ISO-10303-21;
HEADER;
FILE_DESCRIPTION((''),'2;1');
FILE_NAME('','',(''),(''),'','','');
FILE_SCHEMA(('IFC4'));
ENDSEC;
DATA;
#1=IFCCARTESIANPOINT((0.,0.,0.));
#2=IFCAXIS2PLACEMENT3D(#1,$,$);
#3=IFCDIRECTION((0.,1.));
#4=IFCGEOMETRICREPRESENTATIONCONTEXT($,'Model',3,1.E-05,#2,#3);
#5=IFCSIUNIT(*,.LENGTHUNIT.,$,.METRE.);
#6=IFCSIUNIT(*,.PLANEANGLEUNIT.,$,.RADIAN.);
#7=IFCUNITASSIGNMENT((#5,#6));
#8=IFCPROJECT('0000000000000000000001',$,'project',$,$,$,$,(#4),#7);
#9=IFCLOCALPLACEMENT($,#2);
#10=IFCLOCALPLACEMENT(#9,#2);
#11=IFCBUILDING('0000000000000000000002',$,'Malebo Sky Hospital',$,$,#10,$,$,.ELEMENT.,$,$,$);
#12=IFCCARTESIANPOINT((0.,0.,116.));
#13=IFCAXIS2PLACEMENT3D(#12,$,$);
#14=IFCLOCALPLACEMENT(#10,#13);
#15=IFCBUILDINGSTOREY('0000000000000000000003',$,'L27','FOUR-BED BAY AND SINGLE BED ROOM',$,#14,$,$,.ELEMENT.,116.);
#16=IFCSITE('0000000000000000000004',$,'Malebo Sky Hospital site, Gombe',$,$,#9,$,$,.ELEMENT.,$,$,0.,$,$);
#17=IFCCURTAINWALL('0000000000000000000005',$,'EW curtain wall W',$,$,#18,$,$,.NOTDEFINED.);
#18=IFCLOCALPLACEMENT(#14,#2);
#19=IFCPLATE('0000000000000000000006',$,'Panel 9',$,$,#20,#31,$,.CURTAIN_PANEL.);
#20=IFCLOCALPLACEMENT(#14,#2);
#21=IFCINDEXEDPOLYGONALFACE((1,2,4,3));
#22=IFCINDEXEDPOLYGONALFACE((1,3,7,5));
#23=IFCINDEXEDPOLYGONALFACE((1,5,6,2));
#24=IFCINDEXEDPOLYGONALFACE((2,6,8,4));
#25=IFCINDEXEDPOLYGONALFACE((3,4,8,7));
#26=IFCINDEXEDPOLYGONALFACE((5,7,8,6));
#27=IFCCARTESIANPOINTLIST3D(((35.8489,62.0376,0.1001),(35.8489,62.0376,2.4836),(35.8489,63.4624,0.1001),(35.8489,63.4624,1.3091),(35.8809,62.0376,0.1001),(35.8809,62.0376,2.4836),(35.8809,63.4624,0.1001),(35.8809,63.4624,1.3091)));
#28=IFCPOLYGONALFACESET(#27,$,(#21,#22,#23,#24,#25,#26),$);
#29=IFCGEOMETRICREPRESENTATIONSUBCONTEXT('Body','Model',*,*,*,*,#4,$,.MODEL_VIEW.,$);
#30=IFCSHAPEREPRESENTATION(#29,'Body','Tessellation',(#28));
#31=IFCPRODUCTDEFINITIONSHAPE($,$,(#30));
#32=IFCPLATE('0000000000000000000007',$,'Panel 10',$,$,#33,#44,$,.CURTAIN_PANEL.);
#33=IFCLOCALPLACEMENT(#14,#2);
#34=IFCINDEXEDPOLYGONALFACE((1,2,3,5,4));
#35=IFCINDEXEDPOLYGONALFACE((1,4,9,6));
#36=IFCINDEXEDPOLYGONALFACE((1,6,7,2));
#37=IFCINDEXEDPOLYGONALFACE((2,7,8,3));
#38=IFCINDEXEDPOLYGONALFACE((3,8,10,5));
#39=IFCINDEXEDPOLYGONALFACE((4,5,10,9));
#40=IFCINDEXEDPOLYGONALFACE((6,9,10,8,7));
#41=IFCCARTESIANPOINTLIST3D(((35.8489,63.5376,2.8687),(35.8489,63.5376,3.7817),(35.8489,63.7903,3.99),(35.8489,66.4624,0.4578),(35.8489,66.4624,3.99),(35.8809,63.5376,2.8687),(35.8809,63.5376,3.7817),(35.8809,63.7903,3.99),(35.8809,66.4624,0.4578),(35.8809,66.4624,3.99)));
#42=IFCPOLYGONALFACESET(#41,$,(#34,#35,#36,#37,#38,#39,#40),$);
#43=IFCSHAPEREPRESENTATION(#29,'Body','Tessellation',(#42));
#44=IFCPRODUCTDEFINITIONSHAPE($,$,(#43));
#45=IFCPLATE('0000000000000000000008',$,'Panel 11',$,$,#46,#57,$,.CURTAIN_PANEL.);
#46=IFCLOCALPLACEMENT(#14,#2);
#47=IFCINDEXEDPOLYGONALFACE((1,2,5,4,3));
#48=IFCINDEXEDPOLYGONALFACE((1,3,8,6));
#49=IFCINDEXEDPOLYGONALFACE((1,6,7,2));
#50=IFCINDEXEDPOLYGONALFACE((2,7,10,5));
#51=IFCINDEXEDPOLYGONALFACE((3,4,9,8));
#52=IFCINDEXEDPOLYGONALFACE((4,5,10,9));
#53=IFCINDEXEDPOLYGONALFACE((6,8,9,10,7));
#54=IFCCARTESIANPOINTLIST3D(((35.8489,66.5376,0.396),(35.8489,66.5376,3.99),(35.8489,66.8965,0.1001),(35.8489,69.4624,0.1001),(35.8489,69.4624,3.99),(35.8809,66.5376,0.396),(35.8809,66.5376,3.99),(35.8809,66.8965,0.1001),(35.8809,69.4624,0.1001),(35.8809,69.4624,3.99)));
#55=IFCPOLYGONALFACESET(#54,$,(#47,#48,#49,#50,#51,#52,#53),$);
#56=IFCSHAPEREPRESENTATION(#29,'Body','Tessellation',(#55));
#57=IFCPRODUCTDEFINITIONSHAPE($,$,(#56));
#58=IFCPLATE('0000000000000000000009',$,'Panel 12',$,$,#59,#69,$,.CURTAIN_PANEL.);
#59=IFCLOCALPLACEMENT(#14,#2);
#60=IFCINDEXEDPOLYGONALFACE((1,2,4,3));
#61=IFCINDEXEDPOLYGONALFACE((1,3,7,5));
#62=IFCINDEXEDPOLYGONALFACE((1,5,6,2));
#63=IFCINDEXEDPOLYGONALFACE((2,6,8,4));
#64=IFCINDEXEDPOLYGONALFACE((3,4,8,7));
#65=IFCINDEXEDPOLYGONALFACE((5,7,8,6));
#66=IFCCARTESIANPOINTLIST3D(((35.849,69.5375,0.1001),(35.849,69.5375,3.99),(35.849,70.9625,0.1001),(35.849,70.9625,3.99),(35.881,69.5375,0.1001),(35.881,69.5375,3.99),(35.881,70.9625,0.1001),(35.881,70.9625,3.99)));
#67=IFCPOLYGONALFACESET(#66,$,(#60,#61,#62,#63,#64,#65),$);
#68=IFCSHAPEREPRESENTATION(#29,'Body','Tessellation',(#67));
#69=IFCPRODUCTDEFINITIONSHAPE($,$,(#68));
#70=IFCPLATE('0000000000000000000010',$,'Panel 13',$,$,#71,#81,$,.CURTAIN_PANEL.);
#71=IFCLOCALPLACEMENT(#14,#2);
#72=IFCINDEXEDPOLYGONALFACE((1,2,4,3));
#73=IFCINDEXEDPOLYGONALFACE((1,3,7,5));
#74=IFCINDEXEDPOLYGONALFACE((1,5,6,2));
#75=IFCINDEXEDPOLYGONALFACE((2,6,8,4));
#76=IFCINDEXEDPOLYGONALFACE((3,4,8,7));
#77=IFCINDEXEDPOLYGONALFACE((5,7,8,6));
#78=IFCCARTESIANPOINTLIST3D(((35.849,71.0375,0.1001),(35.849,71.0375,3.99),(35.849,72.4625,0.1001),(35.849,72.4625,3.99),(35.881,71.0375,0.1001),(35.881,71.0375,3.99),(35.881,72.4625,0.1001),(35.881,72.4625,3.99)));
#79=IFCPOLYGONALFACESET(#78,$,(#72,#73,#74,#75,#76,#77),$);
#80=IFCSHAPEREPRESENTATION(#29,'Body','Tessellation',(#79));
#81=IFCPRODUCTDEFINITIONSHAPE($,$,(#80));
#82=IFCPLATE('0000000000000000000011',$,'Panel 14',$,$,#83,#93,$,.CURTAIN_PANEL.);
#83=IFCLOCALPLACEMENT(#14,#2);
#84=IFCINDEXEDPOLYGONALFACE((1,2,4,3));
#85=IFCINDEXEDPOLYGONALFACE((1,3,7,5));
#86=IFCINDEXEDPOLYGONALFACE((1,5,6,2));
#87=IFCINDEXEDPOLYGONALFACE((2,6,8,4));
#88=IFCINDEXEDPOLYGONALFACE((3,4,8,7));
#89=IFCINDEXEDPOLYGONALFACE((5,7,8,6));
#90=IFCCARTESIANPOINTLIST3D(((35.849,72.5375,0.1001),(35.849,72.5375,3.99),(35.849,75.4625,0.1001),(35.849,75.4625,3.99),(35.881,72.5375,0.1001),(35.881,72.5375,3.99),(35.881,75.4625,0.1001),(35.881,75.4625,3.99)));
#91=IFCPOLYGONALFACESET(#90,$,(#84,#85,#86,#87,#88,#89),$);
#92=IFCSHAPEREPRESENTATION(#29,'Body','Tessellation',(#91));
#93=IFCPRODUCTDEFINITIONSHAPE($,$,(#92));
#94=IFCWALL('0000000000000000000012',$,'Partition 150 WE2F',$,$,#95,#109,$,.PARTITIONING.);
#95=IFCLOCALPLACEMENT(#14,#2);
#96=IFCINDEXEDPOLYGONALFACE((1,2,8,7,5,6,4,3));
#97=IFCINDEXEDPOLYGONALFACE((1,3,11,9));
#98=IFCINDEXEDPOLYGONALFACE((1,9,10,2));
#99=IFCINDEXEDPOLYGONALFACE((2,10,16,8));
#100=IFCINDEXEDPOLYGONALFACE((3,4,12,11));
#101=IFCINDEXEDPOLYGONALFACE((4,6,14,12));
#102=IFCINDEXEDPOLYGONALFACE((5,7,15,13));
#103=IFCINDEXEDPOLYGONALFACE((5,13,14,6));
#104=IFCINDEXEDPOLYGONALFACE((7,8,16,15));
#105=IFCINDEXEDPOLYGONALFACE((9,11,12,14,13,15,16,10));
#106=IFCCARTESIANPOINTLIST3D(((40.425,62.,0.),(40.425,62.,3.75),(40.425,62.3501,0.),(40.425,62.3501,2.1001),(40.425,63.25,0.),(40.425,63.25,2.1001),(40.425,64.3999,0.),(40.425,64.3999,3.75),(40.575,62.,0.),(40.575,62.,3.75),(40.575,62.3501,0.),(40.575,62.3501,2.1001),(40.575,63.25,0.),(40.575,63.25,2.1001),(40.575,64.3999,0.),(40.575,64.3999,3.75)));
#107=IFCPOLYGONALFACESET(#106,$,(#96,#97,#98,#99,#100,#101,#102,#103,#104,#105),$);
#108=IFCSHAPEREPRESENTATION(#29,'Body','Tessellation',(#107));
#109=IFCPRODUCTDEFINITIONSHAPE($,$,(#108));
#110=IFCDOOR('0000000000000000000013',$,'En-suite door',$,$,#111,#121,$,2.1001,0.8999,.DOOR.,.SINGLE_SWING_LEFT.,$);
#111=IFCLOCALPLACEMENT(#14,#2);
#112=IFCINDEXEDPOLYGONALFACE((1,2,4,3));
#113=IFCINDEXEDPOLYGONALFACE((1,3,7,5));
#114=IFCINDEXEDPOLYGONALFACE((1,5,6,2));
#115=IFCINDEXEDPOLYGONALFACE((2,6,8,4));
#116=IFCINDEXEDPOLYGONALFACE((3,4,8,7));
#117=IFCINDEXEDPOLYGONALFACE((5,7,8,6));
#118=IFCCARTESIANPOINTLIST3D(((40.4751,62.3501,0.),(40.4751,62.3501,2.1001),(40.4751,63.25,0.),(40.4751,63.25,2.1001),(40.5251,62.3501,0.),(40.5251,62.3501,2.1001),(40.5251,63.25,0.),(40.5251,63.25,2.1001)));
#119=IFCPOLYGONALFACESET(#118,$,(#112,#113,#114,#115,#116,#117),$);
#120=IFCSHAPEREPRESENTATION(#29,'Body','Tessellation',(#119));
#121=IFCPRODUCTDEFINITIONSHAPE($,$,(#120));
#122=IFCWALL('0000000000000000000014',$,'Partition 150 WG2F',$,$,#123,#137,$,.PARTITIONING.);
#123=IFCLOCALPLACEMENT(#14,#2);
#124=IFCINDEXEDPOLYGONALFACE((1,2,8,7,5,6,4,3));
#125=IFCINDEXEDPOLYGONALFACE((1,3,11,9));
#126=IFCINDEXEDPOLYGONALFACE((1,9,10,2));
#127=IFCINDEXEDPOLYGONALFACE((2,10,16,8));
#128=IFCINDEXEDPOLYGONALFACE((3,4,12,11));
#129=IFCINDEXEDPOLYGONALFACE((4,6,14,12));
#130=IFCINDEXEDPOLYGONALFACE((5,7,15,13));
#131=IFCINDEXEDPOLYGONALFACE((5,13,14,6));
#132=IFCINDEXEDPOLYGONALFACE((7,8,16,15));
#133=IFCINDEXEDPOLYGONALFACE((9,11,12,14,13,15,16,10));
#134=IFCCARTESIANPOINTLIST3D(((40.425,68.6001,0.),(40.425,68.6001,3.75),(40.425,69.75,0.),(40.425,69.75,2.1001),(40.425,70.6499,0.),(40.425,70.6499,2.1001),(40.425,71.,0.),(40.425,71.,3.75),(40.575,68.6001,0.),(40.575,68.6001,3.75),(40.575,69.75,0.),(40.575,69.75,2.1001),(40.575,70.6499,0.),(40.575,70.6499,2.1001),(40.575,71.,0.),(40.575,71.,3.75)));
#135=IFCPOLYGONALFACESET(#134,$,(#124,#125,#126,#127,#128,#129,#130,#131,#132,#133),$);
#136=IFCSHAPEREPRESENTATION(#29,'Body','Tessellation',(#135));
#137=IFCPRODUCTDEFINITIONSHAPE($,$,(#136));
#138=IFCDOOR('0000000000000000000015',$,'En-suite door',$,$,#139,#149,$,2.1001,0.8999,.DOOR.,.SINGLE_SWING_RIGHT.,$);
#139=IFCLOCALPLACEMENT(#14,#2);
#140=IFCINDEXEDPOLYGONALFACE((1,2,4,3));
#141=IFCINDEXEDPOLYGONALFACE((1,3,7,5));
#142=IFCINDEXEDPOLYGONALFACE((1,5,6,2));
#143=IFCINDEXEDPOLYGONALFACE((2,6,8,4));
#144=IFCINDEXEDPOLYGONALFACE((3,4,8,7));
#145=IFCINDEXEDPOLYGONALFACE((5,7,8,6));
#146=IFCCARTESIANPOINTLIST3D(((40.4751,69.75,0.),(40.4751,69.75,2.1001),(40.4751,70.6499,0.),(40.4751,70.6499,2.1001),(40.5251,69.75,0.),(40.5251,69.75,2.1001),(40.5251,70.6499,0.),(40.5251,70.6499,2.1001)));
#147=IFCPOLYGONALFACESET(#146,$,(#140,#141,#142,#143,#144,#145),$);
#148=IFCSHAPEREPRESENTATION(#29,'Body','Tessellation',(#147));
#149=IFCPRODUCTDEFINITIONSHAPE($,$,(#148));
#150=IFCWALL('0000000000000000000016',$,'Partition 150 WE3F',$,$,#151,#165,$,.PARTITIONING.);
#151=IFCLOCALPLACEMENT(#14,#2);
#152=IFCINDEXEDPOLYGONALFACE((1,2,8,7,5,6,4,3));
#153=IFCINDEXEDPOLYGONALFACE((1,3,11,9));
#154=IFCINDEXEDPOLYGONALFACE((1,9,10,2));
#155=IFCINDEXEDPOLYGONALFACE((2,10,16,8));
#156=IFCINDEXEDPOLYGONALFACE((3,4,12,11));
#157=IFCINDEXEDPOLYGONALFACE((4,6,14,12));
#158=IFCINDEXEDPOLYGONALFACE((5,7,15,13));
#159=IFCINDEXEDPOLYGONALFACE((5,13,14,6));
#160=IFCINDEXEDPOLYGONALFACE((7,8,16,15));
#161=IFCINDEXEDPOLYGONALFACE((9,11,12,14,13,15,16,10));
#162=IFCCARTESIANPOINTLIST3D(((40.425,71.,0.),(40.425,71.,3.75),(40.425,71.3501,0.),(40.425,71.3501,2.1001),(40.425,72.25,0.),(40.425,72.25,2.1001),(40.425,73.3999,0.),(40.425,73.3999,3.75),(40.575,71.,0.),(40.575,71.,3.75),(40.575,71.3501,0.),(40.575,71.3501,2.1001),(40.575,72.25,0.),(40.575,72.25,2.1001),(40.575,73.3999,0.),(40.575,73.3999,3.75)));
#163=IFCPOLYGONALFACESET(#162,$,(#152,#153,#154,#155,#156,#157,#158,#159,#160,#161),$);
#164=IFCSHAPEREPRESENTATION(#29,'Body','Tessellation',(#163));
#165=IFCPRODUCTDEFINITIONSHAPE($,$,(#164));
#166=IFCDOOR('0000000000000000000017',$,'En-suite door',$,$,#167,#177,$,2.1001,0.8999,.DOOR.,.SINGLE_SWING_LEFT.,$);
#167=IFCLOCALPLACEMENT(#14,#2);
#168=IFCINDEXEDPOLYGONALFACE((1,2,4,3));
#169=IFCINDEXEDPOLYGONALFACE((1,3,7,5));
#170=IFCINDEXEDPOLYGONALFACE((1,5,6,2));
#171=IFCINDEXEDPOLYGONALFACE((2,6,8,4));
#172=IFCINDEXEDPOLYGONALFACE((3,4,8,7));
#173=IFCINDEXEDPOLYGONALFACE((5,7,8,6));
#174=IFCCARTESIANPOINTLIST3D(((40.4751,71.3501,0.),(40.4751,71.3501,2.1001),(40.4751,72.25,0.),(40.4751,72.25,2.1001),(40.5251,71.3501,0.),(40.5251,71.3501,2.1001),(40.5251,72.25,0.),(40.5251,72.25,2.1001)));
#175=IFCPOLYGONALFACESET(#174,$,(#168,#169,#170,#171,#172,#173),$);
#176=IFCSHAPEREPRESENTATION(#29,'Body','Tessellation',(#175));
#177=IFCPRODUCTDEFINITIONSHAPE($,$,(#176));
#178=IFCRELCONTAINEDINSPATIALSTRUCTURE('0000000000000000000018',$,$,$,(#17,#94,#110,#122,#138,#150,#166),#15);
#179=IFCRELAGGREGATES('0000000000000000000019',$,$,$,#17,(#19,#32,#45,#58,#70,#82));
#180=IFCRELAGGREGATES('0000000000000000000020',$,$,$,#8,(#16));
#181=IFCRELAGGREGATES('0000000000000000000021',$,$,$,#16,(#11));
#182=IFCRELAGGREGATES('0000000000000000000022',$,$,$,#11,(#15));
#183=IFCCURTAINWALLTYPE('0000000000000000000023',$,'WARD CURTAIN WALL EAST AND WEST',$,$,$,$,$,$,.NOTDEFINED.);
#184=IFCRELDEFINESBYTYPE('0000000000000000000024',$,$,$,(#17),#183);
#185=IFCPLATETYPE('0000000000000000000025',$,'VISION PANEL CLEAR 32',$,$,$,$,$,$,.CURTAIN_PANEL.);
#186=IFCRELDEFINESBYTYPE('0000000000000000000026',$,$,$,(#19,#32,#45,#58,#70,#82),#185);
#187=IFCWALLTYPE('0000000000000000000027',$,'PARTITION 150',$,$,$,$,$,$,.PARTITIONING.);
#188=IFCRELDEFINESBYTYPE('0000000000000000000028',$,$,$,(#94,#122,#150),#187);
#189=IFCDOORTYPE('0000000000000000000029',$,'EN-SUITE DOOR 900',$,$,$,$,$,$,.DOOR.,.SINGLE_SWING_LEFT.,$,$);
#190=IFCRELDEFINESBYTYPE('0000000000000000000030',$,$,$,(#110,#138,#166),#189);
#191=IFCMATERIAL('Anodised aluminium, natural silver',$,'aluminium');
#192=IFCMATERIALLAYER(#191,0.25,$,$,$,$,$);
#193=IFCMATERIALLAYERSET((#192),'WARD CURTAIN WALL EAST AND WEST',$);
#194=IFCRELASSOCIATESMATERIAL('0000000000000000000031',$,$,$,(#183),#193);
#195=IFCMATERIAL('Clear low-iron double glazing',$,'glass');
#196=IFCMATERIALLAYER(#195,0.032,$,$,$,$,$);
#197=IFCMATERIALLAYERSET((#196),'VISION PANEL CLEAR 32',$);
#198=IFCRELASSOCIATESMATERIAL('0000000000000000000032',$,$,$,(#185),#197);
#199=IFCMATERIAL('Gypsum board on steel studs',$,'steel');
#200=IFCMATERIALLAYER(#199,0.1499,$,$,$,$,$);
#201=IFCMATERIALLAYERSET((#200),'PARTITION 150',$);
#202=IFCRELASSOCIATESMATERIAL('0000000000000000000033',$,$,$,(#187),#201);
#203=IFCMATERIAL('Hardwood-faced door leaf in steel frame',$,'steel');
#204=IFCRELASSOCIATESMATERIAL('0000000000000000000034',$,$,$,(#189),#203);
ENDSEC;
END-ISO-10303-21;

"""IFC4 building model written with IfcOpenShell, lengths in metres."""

from ifc_helpers import new_model, si_unit, direction, frame, frame_2d, origin, origin_2d, place, context, subcontext, project, spatial, polyline, rectangle, outline, extrude, material, layer, layer_set, type_object, element, fill, aggregate, save


model = new_model("IFC4")

# Units and contexts
model_context = context("Model", 3, precision=1e-05, world=origin(), true_north=direction((0.0, 1.0)))
body_context = subcontext(model_context, "Body", "Model", "MODEL_VIEW")
ifc_project = project(units=[si_unit("LENGTHUNIT", "METRE"), si_unit("PLANEANGLEUNIT", "RADIAN")], contexts=[model_context])

# Site, building, storey
site_placement = place(None, origin())
site = spatial("IfcSite", under=ifc_project, at=site_placement, Name="Malebo Sky Hospital site, Gombe", CompositionType="ELEMENT", RefElevation=0.0)
building_placement = place(site_placement, origin())
building = spatial("IfcBuilding", under=site, at=building_placement, Name="Malebo Sky Hospital", CompositionType="ELEMENT")
storey_placement = place(building_placement, frame((0.0, 0.0, 116.0)))
storey = spatial("IfcBuildingStorey", under=building, at=storey_placement, Name="L27", Description="FOUR-BED BAY AND SINGLE BED ROOM", CompositionType="ELEMENT", Elevation=116.0)

# Curtain wall
ifc_material_1 = material(Name="Anodised aluminium, natural silver", Category="aluminium")
ifc_layer_1 = layer(ifc_material_1, 0.25)
ifc_layer_set_1 = layer_set([ifc_layer_1], Name="WARD CURTAIN WALL EAST AND WEST")
curtain_wall_type = type_object("IfcCurtainWallType", Name="WARD CURTAIN WALL EAST AND WEST", PredefinedType="NOTDEFINED", material=ifc_layer_set_1)
curtain_wall_placement = place(storey_placement, origin())
curtain_wall = element("IfcCurtainWall", 1, at=curtain_wall_placement, inside=storey, type_object=curtain_wall_type, Name="EW curtain wall W", PredefinedType="NOTDEFINED")

# Plates
ifc_material_2 = material(Name="Clear low-iron double glazing", Category="glass")
ifc_layer_2 = layer(ifc_material_2, 0.032)
ifc_layer_set_2 = layer_set([ifc_layer_2], Name="VISION PANEL CLEAR 32")
plate_type = type_object("IfcPlateType", Name="VISION PANEL CLEAR 32", PredefinedType="CURTAIN_PANEL", material=ifc_layer_set_2)
plate_1_placement = place(storey_placement, frame((35.865, 62.75, 0.1001), z_axis=(0.0, 0.0, 1.0), x_axis=(0.0, 1.0, 0.0)))
plate_1 = element("IfcPlate", 2, at=plate_1_placement, type_object=plate_type, Name="Panel 9", PredefinedType="CURTAIN_PANEL", context=body_context, shape_type="SweptSolid", body=[
    extrude(outline(polyline([(-0.7124, 0.0), (0.7124, 0.0), (0.7124, 1.209), (-0.7124, 2.3835), (-0.7124, 0.0)])), frame((0.0, 0.0161, 0.0), z_axis=(0.0, -1.0, 0.0), x_axis=(1.0, 0.0, 0.0)), (0.0, 0.0, 1.0), 0.032),
])
plate_2_placement = place(storey_placement, frame((35.865, 65.0, 0.4578), z_axis=(0.0, 0.0, 1.0), x_axis=(0.0, 1.0, 0.0)))
plate_2 = element("IfcPlate", 3, at=plate_2_placement, type_object=plate_type, Name="Panel 10", PredefinedType="CURTAIN_PANEL", context=body_context, shape_type="SweptSolid", body=[
    extrude(outline(polyline([(1.4624, 0.0), (1.4624, 3.5322), (-1.2097, 3.5322), (-1.4624, 3.324), (-1.4624, 2.4109), (1.4624, 0.0)])), frame((0.0, 0.0161, 0.0), z_axis=(0.0, -1.0, 0.0), x_axis=(1.0, 0.0, 0.0)), (0.0, 0.0, 1.0), 0.032),
])
plate_3_placement = place(storey_placement, frame((35.865, 68.0, 0.1001), z_axis=(0.0, 0.0, 1.0), x_axis=(0.0, 1.0, 0.0)))
plate_3 = element("IfcPlate", 4, at=plate_3_placement, type_object=plate_type, Name="Panel 11", PredefinedType="CURTAIN_PANEL", context=body_context, shape_type="SweptSolid", body=[
    extrude(outline(polyline([(-1.1035, 0.0), (1.4624, 0.0), (1.4624, 3.8899), (-1.4624, 3.8899), (-1.4624, 0.2959), (-1.1035, 0.0)])), frame((0.0, 0.0161, 0.0), z_axis=(0.0, -1.0, 0.0), x_axis=(1.0, 0.0, 0.0)), (0.0, 0.0, 1.0), 0.032),
])
plate_4_placement = place(storey_placement, frame((35.865, 70.25, 0.1001), z_axis=(0.0, 0.0, 1.0), x_axis=(0.0, 1.0, 0.0)))
plate_4 = element("IfcPlate", 5, at=plate_4_placement, type_object=plate_type, Name="Panel 12", PredefinedType="CURTAIN_PANEL", context=body_context, shape_type="SweptSolid", body=[
    extrude(rectangle(XDim=1.425, YDim=0.032, at=origin_2d()), origin(), (0.0, 0.0, 1.0), 3.8899),
])
plate_5_placement = place(storey_placement, frame((35.865, 71.75, 0.1001), z_axis=(0.0, 0.0, 1.0), x_axis=(0.0, 1.0, 0.0)))
plate_5 = element("IfcPlate", 6, at=plate_5_placement, type_object=plate_type, Name="Panel 13", PredefinedType="CURTAIN_PANEL", context=body_context, shape_type="SweptSolid", body=[
    extrude(rectangle(XDim=1.425, YDim=0.032, at=origin_2d()), origin(), (0.0, 0.0, 1.0), 3.8899),
])
plate_6_placement = place(storey_placement, frame((35.865, 74.0, 0.1001), z_axis=(0.0, 0.0, 1.0), x_axis=(0.0, 1.0, 0.0)))
plate_6 = element("IfcPlate", 7, at=plate_6_placement, type_object=plate_type, Name="Panel 14", PredefinedType="CURTAIN_PANEL", context=body_context, shape_type="SweptSolid", body=[
    extrude(rectangle(XDim=2.925, YDim=0.032, at=origin_2d()), origin(), (0.0, 0.0, 1.0), 3.8899),
])
aggregate(curtain_wall, [plate_1, plate_2, plate_3, plate_4, plate_5, plate_6])

# Walls, openings, doors
ifc_material_3 = material(Name="Gypsum board on steel studs", Category="steel")
ifc_layer_3 = layer(ifc_material_3, 0.1499)
ifc_layer_set_3 = layer_set([ifc_layer_3], Name="PARTITION 150")
wall_type = type_object("IfcWallType", Name="PARTITION 150", PredefinedType="PARTITIONING", material=ifc_layer_set_3)
wall_1_placement = place(storey_placement, frame((40.5, 62.0, 0.0), z_axis=(0.0, 0.0, 1.0), x_axis=(0.0, 1.0, 0.0)))
wall_1 = element("IfcWall", 8, at=wall_1_placement, inside=storey, type_object=wall_type, Name="Partition 150 WE2F", PredefinedType="PARTITIONING", context=body_context, shape_type="SweptSolid", body=[
    extrude(rectangle(XDim=2.3999, YDim=0.1499, at=frame_2d((1.2, 0.0))), origin(), (0.0, 0.0, 1.0), 3.75),
])
opening_1_placement = place(wall_1_placement, frame((0.3501, 0.0, 0.0)))
opening_1 = element("IfcOpeningElement", 9, at=opening_1_placement, cuts=wall_1, PredefinedType="OPENING", context=body_context, shape_type="SweptSolid", body=[
    extrude(rectangle(XDim=0.8999, YDim=2.1001, at=frame_2d((0.45, 1.05))), frame((0.0, 0.085, 0.0), z_axis=(0.0, -1.0, 0.0), x_axis=(1.0, 0.0, 0.0)), (0.0, 0.0, 1.0), 0.1699),
])
ifc_material_4 = material(Name="Hardwood-faced door leaf in steel frame", Category="steel")
door_type = type_object("IfcDoorType", Name="EN-SUITE DOOR 900", OperationType="SINGLE_SWING_LEFT", PredefinedType="DOOR", material=ifc_material_4)
door_1_placement = place(opening_1_placement, origin())
door_1 = element("IfcDoor", 10, at=door_1_placement, inside=storey, type_object=door_type, Name="En-suite door", OperationType="SINGLE_SWING_LEFT", OverallHeight=2.1001, OverallWidth=0.8999, PredefinedType="DOOR", context=body_context, shape_type="SweptSolid", body=[
    extrude(rectangle(XDim=0.8999, YDim=2.1001, at=frame_2d((0.45, 1.05))), frame((0.0, 0.0249, 0.0), z_axis=(0.0, -1.0, 0.0), x_axis=(1.0, 0.0, 0.0)), (0.0, 0.0, 1.0), 0.05),
])
fill(opening_1, door_1)
wall_2_placement = place(storey_placement, frame((40.5, 68.6001, 0.0), z_axis=(0.0, 0.0, 1.0), x_axis=(0.0, 1.0, 0.0)))
wall_2 = element("IfcWall", 11, at=wall_2_placement, inside=storey, type_object=wall_type, Name="Partition 150 WG2F", PredefinedType="PARTITIONING", context=body_context, shape_type="SweptSolid", body=[
    extrude(rectangle(XDim=2.3999, YDim=0.1499, at=frame_2d((1.2, 0.0))), origin(), (0.0, 0.0, 1.0), 3.75),
])
opening_2_placement = place(wall_2_placement, frame((1.1499, 0.0, 0.0)))
opening_2 = element("IfcOpeningElement", 12, at=opening_2_placement, cuts=wall_2, PredefinedType="OPENING", context=body_context, shape_type="SweptSolid", body=[
    extrude(rectangle(XDim=0.8999, YDim=2.1001, at=frame_2d((0.45, 1.05))), frame((0.0, 0.085, 0.0), z_axis=(0.0, -1.0, 0.0), x_axis=(1.0, 0.0, 0.0)), (0.0, 0.0, 1.0), 0.1699),
])
door_2_placement = place(opening_2_placement, origin())
door_2 = element("IfcDoor", 13, at=door_2_placement, inside=storey, type_object=door_type, Name="En-suite door", OperationType="SINGLE_SWING_RIGHT", OverallHeight=2.1001, OverallWidth=0.8999, PredefinedType="DOOR", context=body_context, shape_type="SweptSolid", body=[
    extrude(rectangle(XDim=0.8999, YDim=2.1001, at=frame_2d((0.45, 1.05))), frame((0.0, 0.0249, 0.0), z_axis=(0.0, -1.0, 0.0), x_axis=(1.0, 0.0, 0.0)), (0.0, 0.0, 1.0), 0.05),
])
fill(opening_2, door_2)
wall_3_placement = place(storey_placement, frame((40.5, 71.0, 0.0), z_axis=(0.0, 0.0, 1.0), x_axis=(0.0, 1.0, 0.0)))
wall_3 = element("IfcWall", 14, at=wall_3_placement, inside=storey, type_object=wall_type, Name="Partition 150 WE3F", PredefinedType="PARTITIONING", context=body_context, shape_type="SweptSolid", body=[
    extrude(rectangle(XDim=2.3999, YDim=0.1499, at=frame_2d((1.2, 0.0))), origin(), (0.0, 0.0, 1.0), 3.75),
])
opening_3_placement = place(wall_3_placement, frame((0.3501, 0.0, 0.0)))
opening_3 = element("IfcOpeningElement", 15, at=opening_3_placement, cuts=wall_3, PredefinedType="OPENING", context=body_context, shape_type="SweptSolid", body=[
    extrude(rectangle(XDim=0.8999, YDim=2.1001, at=frame_2d((0.45, 1.05))), frame((0.0, 0.085, 0.0), z_axis=(0.0, -1.0, 0.0), x_axis=(1.0, 0.0, 0.0)), (0.0, 0.0, 1.0), 0.1699),
])
door_3_placement = place(opening_3_placement, origin())
door_3 = element("IfcDoor", 16, at=door_3_placement, inside=storey, type_object=door_type, Name="En-suite door", OperationType="SINGLE_SWING_LEFT", OverallHeight=2.1001, OverallWidth=0.8999, PredefinedType="DOOR", context=body_context, shape_type="SweptSolid", body=[
    extrude(rectangle(XDim=0.8999, YDim=2.1001, at=frame_2d((0.45, 1.05))), frame((0.0, 0.0249, 0.0), z_axis=(0.0, -1.0, 0.0), x_axis=(1.0, 0.0, 0.0)), (0.0, 0.0, 1.0), 0.05),
])
fill(opening_3, door_3)

save(model, "model.ifc")
